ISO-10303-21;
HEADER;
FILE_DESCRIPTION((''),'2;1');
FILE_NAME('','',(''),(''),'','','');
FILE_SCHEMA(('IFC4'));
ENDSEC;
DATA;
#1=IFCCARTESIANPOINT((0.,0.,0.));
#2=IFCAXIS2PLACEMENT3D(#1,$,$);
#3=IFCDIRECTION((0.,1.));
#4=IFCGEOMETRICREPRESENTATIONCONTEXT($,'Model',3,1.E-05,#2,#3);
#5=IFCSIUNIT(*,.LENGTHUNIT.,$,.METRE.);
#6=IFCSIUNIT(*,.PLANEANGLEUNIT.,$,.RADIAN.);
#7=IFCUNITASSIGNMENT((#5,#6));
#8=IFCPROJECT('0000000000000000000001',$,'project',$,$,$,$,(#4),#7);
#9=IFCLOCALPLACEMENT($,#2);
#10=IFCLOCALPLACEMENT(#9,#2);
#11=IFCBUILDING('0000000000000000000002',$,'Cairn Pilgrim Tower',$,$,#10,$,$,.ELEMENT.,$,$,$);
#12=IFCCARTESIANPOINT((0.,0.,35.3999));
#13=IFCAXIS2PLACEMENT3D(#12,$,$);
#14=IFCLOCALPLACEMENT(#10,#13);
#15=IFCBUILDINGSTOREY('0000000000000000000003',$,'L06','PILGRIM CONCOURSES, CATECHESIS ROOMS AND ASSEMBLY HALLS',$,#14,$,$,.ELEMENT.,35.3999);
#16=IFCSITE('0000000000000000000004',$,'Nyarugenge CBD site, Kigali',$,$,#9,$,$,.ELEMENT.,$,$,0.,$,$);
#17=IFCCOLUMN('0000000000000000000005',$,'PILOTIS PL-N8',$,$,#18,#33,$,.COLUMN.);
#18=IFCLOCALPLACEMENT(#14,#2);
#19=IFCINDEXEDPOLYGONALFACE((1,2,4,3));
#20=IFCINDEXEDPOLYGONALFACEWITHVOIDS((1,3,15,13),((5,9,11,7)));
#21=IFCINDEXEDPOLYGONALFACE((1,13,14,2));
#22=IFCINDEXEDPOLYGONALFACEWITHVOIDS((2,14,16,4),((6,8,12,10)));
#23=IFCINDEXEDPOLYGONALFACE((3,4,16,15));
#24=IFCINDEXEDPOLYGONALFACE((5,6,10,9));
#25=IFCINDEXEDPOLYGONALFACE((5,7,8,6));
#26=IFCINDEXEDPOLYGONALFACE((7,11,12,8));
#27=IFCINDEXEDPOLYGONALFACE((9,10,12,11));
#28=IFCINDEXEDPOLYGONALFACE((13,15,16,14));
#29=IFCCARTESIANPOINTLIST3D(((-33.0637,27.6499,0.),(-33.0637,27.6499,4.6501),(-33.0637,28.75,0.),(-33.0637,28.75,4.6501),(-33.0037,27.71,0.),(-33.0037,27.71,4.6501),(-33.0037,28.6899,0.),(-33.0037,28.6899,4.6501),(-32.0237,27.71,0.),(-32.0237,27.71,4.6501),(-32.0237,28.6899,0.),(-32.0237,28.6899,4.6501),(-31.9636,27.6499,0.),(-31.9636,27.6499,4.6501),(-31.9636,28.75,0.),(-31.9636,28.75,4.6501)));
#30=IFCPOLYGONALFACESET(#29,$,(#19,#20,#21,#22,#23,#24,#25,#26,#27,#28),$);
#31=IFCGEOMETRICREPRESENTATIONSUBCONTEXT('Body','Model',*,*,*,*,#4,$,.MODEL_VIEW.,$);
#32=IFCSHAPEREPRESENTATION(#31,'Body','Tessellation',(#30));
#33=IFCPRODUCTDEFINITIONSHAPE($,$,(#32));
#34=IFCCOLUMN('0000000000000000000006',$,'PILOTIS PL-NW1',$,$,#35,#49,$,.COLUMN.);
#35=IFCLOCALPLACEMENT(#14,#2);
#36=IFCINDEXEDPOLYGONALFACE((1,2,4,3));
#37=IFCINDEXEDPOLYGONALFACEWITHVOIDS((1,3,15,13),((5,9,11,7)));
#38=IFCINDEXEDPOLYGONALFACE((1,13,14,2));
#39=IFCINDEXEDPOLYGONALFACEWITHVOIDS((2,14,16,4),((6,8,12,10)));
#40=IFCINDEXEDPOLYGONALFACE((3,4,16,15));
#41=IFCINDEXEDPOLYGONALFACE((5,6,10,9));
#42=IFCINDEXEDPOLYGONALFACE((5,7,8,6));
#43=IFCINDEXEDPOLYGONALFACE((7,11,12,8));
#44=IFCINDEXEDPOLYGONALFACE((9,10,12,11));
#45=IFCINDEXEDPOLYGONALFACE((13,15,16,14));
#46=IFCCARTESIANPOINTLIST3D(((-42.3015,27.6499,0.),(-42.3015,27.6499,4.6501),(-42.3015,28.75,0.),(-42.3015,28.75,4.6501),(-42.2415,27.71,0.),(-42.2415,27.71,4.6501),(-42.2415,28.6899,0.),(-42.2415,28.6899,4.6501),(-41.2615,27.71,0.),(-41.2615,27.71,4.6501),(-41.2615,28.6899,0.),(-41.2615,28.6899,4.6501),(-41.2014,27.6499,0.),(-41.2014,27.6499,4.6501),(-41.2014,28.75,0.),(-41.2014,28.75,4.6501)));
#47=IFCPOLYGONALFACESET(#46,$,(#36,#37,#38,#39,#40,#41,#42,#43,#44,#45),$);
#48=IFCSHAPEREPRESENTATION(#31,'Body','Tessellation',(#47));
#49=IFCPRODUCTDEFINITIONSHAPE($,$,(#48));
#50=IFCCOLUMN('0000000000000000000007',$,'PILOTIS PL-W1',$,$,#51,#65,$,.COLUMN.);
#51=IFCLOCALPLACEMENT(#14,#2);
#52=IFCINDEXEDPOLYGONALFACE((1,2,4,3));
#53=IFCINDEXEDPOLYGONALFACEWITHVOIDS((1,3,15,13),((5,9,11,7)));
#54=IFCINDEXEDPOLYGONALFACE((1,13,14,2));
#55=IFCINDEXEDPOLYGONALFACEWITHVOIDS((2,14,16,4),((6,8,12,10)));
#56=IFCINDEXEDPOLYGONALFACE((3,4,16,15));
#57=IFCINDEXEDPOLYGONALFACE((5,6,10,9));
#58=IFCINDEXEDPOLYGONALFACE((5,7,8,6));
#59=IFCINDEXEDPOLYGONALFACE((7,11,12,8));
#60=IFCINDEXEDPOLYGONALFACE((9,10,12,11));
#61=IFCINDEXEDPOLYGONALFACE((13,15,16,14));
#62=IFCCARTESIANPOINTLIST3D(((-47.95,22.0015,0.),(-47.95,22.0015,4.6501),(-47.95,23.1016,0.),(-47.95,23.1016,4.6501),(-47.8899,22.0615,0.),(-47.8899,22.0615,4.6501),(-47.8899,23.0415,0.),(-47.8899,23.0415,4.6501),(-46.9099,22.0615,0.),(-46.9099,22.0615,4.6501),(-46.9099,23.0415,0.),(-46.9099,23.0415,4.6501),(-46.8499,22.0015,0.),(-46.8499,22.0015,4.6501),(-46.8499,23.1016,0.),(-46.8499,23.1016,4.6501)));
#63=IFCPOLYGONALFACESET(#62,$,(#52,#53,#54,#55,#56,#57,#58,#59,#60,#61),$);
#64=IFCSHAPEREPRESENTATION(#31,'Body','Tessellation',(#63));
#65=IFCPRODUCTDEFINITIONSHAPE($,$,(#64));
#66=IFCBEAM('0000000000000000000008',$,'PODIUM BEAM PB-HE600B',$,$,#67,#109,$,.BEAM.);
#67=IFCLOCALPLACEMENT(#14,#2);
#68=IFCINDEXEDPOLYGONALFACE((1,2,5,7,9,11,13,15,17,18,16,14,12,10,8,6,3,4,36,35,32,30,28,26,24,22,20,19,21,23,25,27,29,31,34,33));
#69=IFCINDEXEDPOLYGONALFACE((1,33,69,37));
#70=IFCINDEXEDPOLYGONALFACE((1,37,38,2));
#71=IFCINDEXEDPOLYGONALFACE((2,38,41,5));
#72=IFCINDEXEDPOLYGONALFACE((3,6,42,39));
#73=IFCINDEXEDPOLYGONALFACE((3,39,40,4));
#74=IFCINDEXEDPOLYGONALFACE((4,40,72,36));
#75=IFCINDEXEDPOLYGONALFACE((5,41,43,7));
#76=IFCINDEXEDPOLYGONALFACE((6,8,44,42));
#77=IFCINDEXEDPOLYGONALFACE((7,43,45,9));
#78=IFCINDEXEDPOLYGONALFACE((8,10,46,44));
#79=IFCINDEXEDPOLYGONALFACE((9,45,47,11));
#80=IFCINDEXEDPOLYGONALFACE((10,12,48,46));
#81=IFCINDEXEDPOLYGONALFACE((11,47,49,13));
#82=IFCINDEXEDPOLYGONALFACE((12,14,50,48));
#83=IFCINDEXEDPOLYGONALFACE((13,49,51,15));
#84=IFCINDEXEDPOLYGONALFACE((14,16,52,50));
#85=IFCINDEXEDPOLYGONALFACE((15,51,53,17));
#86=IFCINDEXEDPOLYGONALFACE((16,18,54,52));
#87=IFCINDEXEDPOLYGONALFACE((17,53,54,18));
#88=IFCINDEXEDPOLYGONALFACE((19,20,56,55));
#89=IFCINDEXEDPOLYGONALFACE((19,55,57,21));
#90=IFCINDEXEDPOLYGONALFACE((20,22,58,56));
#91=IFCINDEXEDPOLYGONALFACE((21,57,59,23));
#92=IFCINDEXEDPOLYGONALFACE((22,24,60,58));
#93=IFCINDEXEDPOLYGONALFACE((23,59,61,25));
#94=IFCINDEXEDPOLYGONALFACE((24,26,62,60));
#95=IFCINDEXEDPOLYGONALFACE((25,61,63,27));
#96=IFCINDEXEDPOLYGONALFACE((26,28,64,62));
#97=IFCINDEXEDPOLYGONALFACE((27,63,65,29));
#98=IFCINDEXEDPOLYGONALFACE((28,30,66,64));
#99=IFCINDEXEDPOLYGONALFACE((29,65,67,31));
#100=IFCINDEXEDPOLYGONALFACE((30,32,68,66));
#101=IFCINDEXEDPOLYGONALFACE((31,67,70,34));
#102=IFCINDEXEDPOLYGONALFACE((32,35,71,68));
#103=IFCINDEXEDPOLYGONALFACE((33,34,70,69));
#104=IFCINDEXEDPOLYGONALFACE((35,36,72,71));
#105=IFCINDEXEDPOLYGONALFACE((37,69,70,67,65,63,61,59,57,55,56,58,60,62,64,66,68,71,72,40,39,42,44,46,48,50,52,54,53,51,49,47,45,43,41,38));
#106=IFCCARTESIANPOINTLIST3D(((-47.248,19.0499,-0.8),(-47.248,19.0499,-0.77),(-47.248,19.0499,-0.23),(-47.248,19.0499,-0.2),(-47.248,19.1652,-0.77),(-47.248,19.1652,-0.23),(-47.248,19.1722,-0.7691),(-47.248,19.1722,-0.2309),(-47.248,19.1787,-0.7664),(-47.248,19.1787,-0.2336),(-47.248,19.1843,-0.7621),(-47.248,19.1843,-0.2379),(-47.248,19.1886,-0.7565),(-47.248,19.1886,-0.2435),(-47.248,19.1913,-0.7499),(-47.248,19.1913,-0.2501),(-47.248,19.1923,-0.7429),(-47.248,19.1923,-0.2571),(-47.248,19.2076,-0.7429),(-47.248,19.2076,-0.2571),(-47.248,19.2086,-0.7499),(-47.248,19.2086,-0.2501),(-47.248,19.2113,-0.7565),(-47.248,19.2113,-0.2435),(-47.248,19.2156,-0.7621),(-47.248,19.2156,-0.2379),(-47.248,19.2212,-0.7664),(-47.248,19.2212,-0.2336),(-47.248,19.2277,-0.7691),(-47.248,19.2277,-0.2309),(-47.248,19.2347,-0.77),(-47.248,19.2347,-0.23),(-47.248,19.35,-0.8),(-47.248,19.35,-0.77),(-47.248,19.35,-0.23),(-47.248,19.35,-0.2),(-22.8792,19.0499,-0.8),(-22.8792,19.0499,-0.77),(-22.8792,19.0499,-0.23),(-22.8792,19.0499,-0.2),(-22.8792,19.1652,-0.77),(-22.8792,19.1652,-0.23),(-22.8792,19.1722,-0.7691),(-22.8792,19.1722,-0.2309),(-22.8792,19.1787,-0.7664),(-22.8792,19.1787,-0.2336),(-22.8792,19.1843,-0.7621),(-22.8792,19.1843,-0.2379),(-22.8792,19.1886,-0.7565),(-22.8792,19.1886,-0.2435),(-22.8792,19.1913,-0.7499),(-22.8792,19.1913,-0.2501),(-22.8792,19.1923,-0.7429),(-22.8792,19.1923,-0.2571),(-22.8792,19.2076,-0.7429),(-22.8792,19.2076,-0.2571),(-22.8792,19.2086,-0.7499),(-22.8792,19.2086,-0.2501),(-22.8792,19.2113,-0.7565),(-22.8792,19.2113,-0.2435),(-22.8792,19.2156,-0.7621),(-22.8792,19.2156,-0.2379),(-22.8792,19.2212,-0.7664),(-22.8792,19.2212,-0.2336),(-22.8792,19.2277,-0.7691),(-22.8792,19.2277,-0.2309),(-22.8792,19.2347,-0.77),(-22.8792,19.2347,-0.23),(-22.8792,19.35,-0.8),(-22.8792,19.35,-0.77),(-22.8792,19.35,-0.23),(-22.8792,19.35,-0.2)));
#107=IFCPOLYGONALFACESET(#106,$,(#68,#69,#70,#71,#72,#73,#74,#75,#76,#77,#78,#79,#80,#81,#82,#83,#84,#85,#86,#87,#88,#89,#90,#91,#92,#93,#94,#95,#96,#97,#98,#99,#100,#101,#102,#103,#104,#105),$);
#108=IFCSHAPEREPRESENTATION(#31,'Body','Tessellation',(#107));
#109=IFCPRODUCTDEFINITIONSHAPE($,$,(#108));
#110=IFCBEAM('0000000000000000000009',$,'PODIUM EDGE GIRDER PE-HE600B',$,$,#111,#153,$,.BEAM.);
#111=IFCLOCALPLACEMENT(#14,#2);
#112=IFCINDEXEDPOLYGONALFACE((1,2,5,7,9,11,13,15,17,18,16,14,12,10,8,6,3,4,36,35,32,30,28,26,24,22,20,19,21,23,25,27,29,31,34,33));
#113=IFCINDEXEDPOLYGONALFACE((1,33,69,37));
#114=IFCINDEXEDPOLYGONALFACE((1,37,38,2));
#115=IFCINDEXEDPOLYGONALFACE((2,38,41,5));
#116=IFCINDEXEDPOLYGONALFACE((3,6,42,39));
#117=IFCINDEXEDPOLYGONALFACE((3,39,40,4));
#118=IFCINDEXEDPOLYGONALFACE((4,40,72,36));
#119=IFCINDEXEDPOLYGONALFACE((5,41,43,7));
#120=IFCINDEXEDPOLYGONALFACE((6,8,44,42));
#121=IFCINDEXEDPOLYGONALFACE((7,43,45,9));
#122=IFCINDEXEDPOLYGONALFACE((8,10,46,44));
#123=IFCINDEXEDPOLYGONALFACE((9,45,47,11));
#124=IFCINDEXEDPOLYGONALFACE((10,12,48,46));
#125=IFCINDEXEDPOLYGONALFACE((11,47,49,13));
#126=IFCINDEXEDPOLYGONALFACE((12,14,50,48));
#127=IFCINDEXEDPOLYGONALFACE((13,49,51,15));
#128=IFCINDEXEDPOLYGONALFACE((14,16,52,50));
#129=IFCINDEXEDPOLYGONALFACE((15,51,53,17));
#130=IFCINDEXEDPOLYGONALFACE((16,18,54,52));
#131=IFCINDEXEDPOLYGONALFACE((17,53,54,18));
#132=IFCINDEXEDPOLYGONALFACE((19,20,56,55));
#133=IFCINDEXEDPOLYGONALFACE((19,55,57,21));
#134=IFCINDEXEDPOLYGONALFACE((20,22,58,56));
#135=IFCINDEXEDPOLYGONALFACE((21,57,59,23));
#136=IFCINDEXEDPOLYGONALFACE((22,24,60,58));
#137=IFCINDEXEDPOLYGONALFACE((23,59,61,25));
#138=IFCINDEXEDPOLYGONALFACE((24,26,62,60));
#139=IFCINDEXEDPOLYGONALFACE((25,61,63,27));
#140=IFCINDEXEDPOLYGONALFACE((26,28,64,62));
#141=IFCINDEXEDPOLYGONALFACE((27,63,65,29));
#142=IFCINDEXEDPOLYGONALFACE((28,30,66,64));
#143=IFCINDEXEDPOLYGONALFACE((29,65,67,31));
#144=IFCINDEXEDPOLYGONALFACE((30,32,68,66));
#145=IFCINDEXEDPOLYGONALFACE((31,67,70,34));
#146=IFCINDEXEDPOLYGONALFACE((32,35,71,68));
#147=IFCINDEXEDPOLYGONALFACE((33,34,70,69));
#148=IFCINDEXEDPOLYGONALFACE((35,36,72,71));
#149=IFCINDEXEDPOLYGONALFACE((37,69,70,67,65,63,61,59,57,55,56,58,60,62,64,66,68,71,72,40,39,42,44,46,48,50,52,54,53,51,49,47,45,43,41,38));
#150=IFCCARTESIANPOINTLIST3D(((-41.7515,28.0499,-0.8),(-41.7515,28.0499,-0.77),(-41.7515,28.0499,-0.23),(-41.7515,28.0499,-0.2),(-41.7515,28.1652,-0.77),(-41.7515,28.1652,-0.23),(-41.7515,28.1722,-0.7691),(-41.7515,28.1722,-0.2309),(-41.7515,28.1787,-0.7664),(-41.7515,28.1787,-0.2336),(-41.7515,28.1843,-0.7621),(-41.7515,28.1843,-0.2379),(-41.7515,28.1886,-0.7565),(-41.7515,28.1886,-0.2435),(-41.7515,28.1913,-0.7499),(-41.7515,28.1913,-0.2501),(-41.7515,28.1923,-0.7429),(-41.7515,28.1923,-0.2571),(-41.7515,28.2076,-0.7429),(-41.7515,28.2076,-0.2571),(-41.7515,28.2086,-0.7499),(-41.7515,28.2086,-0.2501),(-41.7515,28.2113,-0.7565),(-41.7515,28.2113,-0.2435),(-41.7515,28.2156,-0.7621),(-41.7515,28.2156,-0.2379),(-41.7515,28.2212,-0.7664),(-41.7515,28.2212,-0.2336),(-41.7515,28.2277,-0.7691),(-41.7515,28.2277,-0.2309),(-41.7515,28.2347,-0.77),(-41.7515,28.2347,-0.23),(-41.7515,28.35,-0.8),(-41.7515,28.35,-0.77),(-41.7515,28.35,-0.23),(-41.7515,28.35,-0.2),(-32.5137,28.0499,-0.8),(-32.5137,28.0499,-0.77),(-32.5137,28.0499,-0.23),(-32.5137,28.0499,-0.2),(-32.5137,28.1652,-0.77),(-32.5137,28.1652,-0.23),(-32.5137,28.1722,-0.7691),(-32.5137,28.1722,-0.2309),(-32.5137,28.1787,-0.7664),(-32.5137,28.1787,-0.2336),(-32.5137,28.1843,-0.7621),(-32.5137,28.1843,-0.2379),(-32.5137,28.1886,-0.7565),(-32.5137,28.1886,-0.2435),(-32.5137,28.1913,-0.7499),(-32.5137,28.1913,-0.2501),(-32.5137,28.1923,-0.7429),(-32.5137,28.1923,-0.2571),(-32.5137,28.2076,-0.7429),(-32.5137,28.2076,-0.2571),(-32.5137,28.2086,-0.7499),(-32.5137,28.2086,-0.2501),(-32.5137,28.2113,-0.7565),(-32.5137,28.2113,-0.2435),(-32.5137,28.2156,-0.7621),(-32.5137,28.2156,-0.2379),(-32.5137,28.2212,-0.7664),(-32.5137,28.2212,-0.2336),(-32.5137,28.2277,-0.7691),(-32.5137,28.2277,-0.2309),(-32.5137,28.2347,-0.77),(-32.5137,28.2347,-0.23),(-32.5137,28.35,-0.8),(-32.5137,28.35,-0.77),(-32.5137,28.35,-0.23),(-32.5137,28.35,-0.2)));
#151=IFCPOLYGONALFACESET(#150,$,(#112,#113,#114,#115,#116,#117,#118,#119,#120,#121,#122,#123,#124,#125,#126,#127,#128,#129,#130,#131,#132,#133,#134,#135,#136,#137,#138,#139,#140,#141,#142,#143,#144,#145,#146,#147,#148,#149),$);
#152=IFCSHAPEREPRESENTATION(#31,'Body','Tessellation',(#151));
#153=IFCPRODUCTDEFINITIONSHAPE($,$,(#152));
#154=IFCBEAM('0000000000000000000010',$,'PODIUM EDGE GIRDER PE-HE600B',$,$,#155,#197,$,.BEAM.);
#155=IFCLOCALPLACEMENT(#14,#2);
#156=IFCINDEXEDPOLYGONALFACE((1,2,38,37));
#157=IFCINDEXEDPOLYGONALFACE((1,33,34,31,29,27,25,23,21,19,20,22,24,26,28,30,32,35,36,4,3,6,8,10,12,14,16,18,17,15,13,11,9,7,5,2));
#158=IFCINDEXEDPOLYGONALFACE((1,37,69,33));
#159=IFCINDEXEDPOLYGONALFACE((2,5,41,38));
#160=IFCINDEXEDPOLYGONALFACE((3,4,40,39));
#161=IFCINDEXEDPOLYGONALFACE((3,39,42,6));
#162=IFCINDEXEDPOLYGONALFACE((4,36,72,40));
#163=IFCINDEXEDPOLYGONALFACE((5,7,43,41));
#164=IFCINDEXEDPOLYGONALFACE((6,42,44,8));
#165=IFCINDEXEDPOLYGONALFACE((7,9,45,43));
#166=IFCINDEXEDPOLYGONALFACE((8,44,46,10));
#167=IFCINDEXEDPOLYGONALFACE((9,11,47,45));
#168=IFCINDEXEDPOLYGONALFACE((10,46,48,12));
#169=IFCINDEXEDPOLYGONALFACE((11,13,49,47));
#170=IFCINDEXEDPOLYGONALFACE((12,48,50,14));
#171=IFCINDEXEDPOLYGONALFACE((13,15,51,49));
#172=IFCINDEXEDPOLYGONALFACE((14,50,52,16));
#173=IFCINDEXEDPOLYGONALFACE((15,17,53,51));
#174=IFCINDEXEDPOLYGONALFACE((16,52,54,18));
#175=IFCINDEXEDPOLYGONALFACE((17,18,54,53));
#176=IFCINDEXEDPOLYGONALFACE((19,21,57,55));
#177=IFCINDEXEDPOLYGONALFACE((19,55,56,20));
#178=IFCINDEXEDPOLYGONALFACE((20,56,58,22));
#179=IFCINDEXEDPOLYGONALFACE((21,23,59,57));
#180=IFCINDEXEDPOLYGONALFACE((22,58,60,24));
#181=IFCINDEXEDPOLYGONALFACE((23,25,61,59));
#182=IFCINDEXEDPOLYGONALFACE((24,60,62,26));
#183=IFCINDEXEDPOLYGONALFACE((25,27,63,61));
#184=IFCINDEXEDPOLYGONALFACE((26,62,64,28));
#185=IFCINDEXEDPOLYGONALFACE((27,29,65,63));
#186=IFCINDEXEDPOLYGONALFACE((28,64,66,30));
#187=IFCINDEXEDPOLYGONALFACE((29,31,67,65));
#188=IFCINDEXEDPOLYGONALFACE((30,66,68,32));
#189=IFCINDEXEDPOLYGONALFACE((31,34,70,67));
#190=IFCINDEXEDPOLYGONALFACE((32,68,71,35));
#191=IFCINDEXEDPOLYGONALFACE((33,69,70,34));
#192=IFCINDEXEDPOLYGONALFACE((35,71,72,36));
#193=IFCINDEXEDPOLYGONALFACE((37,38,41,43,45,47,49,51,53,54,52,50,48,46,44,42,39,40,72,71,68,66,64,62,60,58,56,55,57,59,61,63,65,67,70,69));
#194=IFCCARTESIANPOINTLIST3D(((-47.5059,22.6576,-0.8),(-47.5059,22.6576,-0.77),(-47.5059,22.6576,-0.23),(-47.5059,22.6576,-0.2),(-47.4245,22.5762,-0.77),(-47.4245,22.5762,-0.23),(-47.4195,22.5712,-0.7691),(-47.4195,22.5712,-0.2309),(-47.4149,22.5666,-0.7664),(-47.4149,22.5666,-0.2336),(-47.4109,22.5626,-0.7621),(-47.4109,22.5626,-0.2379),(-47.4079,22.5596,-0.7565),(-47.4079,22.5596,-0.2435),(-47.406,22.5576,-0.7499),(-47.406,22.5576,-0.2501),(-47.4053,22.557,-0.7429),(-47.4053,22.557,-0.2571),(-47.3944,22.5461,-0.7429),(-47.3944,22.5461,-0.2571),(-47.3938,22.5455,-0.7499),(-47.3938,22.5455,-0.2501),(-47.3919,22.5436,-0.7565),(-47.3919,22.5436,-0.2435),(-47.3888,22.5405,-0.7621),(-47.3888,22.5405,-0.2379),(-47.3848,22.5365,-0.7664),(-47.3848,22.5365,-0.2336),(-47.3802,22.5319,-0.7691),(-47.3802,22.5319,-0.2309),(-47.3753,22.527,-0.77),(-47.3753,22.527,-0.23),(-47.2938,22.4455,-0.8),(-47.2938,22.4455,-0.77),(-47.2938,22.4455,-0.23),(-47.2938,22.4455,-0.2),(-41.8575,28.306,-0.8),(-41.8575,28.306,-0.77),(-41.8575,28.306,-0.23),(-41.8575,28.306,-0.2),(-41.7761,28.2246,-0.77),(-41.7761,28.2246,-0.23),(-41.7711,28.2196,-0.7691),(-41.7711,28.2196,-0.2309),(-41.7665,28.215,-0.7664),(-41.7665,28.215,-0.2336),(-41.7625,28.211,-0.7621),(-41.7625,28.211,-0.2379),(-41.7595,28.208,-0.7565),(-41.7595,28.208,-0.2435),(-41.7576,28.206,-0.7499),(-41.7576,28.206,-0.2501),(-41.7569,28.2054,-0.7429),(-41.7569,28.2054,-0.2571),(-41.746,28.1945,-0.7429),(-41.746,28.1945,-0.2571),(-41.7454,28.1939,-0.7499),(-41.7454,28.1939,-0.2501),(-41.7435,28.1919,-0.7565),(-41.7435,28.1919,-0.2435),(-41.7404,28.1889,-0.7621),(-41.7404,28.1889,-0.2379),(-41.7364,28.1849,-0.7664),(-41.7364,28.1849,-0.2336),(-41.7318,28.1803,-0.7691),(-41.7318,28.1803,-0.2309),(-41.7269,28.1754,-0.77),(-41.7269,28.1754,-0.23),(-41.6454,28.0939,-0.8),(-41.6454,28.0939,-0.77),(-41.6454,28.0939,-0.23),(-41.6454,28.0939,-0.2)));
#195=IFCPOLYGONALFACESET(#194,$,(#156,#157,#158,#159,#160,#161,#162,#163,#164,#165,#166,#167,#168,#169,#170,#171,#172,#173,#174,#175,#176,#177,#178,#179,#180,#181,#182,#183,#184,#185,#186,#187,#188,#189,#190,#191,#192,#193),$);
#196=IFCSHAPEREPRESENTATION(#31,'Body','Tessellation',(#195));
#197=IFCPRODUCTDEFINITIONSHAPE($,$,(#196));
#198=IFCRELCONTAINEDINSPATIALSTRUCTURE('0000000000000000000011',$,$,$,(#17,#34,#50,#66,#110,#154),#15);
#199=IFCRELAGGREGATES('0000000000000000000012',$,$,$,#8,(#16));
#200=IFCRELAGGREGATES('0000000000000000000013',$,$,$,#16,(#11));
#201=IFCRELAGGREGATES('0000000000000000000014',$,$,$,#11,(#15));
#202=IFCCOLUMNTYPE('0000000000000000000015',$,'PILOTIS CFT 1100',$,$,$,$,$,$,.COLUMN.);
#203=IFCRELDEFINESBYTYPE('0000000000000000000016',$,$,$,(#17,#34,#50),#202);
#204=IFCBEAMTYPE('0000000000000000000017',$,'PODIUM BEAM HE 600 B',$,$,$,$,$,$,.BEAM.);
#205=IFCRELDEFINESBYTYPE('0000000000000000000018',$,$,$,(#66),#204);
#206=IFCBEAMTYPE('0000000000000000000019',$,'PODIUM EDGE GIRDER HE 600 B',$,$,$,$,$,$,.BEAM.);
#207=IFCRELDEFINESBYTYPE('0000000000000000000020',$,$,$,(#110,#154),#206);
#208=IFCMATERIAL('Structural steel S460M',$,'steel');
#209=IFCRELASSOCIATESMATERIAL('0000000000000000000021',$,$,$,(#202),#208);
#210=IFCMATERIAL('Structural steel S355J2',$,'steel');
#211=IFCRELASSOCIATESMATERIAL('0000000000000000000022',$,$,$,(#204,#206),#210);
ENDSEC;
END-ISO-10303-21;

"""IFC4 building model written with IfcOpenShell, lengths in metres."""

from ifc_helpers import new_model, si_unit, direction, frame, origin, origin_2d, place, context, subcontext, project, spatial, hollow_rectangle, i_section, extrude, material, material_profile, profile_set, type_object, element, save


model = new_model("IFC4")

# Units and contexts
model_context = context("Model", 3, precision=1e-05, world=origin(), true_north=direction((0.0, 1.0)))
body_context = subcontext(model_context, "Body", "Model", "MODEL_VIEW")
ifc_project = project(units=[si_unit("LENGTHUNIT", "METRE"), si_unit("PLANEANGLEUNIT", "RADIAN")], contexts=[model_context])

# Site, building, storey
site_placement = place(None, origin())
site = spatial("IfcSite", under=ifc_project, at=site_placement, Name="Nyarugenge CBD site, Kigali", CompositionType="ELEMENT", RefElevation=0.0)
building_placement = place(site_placement, origin())
building = spatial("IfcBuilding", under=site, at=building_placement, Name="Cairn Pilgrim Tower", CompositionType="ELEMENT")
storey_placement = place(building_placement, frame((0.0, 0.0, 35.3999)))
storey = spatial("IfcBuildingStorey", under=building, at=storey_placement, Name="L06", Description="PILGRIM CONCOURSES, CATECHESIS ROOMS AND ASSEMBLY HALLS", CompositionType="ELEMENT", Elevation=35.3999)

# Columns
ifc_material_1 = material(Name="Structural steel S460M", Category="steel")
ifc_material_profile_1 = material_profile(ifc_material_1, hollow_rectangle(XDim=1.1001, YDim=1.1001, WallThickness=0.0601, at=origin_2d()), Name="BOX 1100x1100x60")
ifc_profile_set_1 = profile_set([ifc_material_profile_1], Name="Structural steel S460M")
column_type = type_object("IfcColumnType", Name="PILOTIS CFT 1100", PredefinedType="COLUMN", material=ifc_profile_set_1)
for number, where, z_axis, x_axis, name in (
    (1, (-32.5137, 28.2, 0.0), (0.0, 0.0, 1.0), (1.0, 0.0, 0.0), "PILOTIS PL-N8"),
    (2, (-41.7515, 28.2, 0.0), (0.0, 0.0, 1.0), (1.0, 0.0, 0.0), "PILOTIS PL-NW1"),
    (3, (-47.3999, 22.5515, 0.0), (0.0, 0.0, 1.0), (1.0, 0.0, 0.0), "PILOTIS PL-W1"),
):
    element("IfcColumn", number, at=place(storey_placement, frame(where, z_axis=z_axis, x_axis=x_axis)), inside=storey, type_object=column_type, Name=name, PredefinedType="COLUMN", context=body_context, shape_type="SweptSolid", body=[
        extrude(hollow_rectangle(XDim=1.1001, YDim=1.1001, WallThickness=0.0601, at=origin_2d()), origin(), (0.0, 0.0, 1.0), 4.6501),
    ])

# Beams
ifc_material_2 = material(Name="Structural steel S355J2", Category="steel")
ifc_material_profile_2 = material_profile(ifc_material_2, i_section(OverallWidth=0.3, OverallDepth=0.6001, WebThickness=0.0154, FlangeThickness=0.03, FilletRadius=0.0271, at=origin_2d()), Name="HEB 600")
ifc_profile_set_2 = profile_set([ifc_material_profile_2], Name="Structural steel S355J2")
beam_type_1 = type_object("IfcBeamType", Name="PODIUM BEAM HE 600 B", PredefinedType="BEAM", material=ifc_profile_set_2)
beam_1_placement = place(storey_placement, frame((-47.248, 19.2, -0.5), z_axis=(1.0, 0.0, 0.0), x_axis=(0.0, 1.0, 0.0)))
element("IfcBeam", 4, at=beam_1_placement, inside=storey, type_object=beam_type_1, Name="PODIUM BEAM PB-HE600B", PredefinedType="BEAM", context=body_context, shape_type="SweptSolid", body=[
    extrude(i_section(OverallWidth=0.3, OverallDepth=0.6001, WebThickness=0.0154, FlangeThickness=0.03, FilletRadius=0.0271, at=origin_2d()), origin(), (0.0, 0.0, 1.0), 24.3689),
])
ifc_material_profile_3 = material_profile(ifc_material_2, i_section(OverallWidth=0.3, OverallDepth=0.6001, WebThickness=0.0154, FlangeThickness=0.03, FilletRadius=0.0271, at=origin_2d()), Name="HEB 600")
ifc_profile_set_3 = profile_set([ifc_material_profile_3], Name="Structural steel S355J2")
beam_type_2 = type_object("IfcBeamType", Name="PODIUM EDGE GIRDER HE 600 B", PredefinedType="BEAM", material=ifc_profile_set_3)
beam_2_placement = place(storey_placement, frame((-32.5137, 28.2, -0.5), z_axis=(-1.0, 0.0, 0.0), x_axis=(0.0, -1.0, 0.0)))
element("IfcBeam", 5, at=beam_2_placement, inside=storey, type_object=beam_type_2, Name="PODIUM EDGE GIRDER PE-HE600B", PredefinedType="BEAM", context=body_context, shape_type="SweptSolid", body=[
    extrude(i_section(OverallWidth=0.3, OverallDepth=0.6001, WebThickness=0.0154, FlangeThickness=0.03, FilletRadius=0.0271, at=origin_2d()), origin(), (0.0, 0.0, 1.0), 9.2378),
])
beam_3_placement = place(storey_placement, frame((-41.7515, 28.2, -0.5), z_axis=(-0.707107, -0.707107, 0.0), x_axis=(0.707107, -0.707107, 0.0)))
element("IfcBeam", 6, at=beam_3_placement, inside=storey, type_object=beam_type_2, Name="PODIUM EDGE GIRDER PE-HE600B", PredefinedType="BEAM", context=body_context, shape_type="SweptSolid", body=[
    extrude(i_section(OverallWidth=0.3, OverallDepth=0.6001, WebThickness=0.0154, FlangeThickness=0.03, FilletRadius=0.0271, at=origin_2d()), origin(), (0.0, 0.0, 1.0), 7.988),
])

save(model, "model.ifc")
